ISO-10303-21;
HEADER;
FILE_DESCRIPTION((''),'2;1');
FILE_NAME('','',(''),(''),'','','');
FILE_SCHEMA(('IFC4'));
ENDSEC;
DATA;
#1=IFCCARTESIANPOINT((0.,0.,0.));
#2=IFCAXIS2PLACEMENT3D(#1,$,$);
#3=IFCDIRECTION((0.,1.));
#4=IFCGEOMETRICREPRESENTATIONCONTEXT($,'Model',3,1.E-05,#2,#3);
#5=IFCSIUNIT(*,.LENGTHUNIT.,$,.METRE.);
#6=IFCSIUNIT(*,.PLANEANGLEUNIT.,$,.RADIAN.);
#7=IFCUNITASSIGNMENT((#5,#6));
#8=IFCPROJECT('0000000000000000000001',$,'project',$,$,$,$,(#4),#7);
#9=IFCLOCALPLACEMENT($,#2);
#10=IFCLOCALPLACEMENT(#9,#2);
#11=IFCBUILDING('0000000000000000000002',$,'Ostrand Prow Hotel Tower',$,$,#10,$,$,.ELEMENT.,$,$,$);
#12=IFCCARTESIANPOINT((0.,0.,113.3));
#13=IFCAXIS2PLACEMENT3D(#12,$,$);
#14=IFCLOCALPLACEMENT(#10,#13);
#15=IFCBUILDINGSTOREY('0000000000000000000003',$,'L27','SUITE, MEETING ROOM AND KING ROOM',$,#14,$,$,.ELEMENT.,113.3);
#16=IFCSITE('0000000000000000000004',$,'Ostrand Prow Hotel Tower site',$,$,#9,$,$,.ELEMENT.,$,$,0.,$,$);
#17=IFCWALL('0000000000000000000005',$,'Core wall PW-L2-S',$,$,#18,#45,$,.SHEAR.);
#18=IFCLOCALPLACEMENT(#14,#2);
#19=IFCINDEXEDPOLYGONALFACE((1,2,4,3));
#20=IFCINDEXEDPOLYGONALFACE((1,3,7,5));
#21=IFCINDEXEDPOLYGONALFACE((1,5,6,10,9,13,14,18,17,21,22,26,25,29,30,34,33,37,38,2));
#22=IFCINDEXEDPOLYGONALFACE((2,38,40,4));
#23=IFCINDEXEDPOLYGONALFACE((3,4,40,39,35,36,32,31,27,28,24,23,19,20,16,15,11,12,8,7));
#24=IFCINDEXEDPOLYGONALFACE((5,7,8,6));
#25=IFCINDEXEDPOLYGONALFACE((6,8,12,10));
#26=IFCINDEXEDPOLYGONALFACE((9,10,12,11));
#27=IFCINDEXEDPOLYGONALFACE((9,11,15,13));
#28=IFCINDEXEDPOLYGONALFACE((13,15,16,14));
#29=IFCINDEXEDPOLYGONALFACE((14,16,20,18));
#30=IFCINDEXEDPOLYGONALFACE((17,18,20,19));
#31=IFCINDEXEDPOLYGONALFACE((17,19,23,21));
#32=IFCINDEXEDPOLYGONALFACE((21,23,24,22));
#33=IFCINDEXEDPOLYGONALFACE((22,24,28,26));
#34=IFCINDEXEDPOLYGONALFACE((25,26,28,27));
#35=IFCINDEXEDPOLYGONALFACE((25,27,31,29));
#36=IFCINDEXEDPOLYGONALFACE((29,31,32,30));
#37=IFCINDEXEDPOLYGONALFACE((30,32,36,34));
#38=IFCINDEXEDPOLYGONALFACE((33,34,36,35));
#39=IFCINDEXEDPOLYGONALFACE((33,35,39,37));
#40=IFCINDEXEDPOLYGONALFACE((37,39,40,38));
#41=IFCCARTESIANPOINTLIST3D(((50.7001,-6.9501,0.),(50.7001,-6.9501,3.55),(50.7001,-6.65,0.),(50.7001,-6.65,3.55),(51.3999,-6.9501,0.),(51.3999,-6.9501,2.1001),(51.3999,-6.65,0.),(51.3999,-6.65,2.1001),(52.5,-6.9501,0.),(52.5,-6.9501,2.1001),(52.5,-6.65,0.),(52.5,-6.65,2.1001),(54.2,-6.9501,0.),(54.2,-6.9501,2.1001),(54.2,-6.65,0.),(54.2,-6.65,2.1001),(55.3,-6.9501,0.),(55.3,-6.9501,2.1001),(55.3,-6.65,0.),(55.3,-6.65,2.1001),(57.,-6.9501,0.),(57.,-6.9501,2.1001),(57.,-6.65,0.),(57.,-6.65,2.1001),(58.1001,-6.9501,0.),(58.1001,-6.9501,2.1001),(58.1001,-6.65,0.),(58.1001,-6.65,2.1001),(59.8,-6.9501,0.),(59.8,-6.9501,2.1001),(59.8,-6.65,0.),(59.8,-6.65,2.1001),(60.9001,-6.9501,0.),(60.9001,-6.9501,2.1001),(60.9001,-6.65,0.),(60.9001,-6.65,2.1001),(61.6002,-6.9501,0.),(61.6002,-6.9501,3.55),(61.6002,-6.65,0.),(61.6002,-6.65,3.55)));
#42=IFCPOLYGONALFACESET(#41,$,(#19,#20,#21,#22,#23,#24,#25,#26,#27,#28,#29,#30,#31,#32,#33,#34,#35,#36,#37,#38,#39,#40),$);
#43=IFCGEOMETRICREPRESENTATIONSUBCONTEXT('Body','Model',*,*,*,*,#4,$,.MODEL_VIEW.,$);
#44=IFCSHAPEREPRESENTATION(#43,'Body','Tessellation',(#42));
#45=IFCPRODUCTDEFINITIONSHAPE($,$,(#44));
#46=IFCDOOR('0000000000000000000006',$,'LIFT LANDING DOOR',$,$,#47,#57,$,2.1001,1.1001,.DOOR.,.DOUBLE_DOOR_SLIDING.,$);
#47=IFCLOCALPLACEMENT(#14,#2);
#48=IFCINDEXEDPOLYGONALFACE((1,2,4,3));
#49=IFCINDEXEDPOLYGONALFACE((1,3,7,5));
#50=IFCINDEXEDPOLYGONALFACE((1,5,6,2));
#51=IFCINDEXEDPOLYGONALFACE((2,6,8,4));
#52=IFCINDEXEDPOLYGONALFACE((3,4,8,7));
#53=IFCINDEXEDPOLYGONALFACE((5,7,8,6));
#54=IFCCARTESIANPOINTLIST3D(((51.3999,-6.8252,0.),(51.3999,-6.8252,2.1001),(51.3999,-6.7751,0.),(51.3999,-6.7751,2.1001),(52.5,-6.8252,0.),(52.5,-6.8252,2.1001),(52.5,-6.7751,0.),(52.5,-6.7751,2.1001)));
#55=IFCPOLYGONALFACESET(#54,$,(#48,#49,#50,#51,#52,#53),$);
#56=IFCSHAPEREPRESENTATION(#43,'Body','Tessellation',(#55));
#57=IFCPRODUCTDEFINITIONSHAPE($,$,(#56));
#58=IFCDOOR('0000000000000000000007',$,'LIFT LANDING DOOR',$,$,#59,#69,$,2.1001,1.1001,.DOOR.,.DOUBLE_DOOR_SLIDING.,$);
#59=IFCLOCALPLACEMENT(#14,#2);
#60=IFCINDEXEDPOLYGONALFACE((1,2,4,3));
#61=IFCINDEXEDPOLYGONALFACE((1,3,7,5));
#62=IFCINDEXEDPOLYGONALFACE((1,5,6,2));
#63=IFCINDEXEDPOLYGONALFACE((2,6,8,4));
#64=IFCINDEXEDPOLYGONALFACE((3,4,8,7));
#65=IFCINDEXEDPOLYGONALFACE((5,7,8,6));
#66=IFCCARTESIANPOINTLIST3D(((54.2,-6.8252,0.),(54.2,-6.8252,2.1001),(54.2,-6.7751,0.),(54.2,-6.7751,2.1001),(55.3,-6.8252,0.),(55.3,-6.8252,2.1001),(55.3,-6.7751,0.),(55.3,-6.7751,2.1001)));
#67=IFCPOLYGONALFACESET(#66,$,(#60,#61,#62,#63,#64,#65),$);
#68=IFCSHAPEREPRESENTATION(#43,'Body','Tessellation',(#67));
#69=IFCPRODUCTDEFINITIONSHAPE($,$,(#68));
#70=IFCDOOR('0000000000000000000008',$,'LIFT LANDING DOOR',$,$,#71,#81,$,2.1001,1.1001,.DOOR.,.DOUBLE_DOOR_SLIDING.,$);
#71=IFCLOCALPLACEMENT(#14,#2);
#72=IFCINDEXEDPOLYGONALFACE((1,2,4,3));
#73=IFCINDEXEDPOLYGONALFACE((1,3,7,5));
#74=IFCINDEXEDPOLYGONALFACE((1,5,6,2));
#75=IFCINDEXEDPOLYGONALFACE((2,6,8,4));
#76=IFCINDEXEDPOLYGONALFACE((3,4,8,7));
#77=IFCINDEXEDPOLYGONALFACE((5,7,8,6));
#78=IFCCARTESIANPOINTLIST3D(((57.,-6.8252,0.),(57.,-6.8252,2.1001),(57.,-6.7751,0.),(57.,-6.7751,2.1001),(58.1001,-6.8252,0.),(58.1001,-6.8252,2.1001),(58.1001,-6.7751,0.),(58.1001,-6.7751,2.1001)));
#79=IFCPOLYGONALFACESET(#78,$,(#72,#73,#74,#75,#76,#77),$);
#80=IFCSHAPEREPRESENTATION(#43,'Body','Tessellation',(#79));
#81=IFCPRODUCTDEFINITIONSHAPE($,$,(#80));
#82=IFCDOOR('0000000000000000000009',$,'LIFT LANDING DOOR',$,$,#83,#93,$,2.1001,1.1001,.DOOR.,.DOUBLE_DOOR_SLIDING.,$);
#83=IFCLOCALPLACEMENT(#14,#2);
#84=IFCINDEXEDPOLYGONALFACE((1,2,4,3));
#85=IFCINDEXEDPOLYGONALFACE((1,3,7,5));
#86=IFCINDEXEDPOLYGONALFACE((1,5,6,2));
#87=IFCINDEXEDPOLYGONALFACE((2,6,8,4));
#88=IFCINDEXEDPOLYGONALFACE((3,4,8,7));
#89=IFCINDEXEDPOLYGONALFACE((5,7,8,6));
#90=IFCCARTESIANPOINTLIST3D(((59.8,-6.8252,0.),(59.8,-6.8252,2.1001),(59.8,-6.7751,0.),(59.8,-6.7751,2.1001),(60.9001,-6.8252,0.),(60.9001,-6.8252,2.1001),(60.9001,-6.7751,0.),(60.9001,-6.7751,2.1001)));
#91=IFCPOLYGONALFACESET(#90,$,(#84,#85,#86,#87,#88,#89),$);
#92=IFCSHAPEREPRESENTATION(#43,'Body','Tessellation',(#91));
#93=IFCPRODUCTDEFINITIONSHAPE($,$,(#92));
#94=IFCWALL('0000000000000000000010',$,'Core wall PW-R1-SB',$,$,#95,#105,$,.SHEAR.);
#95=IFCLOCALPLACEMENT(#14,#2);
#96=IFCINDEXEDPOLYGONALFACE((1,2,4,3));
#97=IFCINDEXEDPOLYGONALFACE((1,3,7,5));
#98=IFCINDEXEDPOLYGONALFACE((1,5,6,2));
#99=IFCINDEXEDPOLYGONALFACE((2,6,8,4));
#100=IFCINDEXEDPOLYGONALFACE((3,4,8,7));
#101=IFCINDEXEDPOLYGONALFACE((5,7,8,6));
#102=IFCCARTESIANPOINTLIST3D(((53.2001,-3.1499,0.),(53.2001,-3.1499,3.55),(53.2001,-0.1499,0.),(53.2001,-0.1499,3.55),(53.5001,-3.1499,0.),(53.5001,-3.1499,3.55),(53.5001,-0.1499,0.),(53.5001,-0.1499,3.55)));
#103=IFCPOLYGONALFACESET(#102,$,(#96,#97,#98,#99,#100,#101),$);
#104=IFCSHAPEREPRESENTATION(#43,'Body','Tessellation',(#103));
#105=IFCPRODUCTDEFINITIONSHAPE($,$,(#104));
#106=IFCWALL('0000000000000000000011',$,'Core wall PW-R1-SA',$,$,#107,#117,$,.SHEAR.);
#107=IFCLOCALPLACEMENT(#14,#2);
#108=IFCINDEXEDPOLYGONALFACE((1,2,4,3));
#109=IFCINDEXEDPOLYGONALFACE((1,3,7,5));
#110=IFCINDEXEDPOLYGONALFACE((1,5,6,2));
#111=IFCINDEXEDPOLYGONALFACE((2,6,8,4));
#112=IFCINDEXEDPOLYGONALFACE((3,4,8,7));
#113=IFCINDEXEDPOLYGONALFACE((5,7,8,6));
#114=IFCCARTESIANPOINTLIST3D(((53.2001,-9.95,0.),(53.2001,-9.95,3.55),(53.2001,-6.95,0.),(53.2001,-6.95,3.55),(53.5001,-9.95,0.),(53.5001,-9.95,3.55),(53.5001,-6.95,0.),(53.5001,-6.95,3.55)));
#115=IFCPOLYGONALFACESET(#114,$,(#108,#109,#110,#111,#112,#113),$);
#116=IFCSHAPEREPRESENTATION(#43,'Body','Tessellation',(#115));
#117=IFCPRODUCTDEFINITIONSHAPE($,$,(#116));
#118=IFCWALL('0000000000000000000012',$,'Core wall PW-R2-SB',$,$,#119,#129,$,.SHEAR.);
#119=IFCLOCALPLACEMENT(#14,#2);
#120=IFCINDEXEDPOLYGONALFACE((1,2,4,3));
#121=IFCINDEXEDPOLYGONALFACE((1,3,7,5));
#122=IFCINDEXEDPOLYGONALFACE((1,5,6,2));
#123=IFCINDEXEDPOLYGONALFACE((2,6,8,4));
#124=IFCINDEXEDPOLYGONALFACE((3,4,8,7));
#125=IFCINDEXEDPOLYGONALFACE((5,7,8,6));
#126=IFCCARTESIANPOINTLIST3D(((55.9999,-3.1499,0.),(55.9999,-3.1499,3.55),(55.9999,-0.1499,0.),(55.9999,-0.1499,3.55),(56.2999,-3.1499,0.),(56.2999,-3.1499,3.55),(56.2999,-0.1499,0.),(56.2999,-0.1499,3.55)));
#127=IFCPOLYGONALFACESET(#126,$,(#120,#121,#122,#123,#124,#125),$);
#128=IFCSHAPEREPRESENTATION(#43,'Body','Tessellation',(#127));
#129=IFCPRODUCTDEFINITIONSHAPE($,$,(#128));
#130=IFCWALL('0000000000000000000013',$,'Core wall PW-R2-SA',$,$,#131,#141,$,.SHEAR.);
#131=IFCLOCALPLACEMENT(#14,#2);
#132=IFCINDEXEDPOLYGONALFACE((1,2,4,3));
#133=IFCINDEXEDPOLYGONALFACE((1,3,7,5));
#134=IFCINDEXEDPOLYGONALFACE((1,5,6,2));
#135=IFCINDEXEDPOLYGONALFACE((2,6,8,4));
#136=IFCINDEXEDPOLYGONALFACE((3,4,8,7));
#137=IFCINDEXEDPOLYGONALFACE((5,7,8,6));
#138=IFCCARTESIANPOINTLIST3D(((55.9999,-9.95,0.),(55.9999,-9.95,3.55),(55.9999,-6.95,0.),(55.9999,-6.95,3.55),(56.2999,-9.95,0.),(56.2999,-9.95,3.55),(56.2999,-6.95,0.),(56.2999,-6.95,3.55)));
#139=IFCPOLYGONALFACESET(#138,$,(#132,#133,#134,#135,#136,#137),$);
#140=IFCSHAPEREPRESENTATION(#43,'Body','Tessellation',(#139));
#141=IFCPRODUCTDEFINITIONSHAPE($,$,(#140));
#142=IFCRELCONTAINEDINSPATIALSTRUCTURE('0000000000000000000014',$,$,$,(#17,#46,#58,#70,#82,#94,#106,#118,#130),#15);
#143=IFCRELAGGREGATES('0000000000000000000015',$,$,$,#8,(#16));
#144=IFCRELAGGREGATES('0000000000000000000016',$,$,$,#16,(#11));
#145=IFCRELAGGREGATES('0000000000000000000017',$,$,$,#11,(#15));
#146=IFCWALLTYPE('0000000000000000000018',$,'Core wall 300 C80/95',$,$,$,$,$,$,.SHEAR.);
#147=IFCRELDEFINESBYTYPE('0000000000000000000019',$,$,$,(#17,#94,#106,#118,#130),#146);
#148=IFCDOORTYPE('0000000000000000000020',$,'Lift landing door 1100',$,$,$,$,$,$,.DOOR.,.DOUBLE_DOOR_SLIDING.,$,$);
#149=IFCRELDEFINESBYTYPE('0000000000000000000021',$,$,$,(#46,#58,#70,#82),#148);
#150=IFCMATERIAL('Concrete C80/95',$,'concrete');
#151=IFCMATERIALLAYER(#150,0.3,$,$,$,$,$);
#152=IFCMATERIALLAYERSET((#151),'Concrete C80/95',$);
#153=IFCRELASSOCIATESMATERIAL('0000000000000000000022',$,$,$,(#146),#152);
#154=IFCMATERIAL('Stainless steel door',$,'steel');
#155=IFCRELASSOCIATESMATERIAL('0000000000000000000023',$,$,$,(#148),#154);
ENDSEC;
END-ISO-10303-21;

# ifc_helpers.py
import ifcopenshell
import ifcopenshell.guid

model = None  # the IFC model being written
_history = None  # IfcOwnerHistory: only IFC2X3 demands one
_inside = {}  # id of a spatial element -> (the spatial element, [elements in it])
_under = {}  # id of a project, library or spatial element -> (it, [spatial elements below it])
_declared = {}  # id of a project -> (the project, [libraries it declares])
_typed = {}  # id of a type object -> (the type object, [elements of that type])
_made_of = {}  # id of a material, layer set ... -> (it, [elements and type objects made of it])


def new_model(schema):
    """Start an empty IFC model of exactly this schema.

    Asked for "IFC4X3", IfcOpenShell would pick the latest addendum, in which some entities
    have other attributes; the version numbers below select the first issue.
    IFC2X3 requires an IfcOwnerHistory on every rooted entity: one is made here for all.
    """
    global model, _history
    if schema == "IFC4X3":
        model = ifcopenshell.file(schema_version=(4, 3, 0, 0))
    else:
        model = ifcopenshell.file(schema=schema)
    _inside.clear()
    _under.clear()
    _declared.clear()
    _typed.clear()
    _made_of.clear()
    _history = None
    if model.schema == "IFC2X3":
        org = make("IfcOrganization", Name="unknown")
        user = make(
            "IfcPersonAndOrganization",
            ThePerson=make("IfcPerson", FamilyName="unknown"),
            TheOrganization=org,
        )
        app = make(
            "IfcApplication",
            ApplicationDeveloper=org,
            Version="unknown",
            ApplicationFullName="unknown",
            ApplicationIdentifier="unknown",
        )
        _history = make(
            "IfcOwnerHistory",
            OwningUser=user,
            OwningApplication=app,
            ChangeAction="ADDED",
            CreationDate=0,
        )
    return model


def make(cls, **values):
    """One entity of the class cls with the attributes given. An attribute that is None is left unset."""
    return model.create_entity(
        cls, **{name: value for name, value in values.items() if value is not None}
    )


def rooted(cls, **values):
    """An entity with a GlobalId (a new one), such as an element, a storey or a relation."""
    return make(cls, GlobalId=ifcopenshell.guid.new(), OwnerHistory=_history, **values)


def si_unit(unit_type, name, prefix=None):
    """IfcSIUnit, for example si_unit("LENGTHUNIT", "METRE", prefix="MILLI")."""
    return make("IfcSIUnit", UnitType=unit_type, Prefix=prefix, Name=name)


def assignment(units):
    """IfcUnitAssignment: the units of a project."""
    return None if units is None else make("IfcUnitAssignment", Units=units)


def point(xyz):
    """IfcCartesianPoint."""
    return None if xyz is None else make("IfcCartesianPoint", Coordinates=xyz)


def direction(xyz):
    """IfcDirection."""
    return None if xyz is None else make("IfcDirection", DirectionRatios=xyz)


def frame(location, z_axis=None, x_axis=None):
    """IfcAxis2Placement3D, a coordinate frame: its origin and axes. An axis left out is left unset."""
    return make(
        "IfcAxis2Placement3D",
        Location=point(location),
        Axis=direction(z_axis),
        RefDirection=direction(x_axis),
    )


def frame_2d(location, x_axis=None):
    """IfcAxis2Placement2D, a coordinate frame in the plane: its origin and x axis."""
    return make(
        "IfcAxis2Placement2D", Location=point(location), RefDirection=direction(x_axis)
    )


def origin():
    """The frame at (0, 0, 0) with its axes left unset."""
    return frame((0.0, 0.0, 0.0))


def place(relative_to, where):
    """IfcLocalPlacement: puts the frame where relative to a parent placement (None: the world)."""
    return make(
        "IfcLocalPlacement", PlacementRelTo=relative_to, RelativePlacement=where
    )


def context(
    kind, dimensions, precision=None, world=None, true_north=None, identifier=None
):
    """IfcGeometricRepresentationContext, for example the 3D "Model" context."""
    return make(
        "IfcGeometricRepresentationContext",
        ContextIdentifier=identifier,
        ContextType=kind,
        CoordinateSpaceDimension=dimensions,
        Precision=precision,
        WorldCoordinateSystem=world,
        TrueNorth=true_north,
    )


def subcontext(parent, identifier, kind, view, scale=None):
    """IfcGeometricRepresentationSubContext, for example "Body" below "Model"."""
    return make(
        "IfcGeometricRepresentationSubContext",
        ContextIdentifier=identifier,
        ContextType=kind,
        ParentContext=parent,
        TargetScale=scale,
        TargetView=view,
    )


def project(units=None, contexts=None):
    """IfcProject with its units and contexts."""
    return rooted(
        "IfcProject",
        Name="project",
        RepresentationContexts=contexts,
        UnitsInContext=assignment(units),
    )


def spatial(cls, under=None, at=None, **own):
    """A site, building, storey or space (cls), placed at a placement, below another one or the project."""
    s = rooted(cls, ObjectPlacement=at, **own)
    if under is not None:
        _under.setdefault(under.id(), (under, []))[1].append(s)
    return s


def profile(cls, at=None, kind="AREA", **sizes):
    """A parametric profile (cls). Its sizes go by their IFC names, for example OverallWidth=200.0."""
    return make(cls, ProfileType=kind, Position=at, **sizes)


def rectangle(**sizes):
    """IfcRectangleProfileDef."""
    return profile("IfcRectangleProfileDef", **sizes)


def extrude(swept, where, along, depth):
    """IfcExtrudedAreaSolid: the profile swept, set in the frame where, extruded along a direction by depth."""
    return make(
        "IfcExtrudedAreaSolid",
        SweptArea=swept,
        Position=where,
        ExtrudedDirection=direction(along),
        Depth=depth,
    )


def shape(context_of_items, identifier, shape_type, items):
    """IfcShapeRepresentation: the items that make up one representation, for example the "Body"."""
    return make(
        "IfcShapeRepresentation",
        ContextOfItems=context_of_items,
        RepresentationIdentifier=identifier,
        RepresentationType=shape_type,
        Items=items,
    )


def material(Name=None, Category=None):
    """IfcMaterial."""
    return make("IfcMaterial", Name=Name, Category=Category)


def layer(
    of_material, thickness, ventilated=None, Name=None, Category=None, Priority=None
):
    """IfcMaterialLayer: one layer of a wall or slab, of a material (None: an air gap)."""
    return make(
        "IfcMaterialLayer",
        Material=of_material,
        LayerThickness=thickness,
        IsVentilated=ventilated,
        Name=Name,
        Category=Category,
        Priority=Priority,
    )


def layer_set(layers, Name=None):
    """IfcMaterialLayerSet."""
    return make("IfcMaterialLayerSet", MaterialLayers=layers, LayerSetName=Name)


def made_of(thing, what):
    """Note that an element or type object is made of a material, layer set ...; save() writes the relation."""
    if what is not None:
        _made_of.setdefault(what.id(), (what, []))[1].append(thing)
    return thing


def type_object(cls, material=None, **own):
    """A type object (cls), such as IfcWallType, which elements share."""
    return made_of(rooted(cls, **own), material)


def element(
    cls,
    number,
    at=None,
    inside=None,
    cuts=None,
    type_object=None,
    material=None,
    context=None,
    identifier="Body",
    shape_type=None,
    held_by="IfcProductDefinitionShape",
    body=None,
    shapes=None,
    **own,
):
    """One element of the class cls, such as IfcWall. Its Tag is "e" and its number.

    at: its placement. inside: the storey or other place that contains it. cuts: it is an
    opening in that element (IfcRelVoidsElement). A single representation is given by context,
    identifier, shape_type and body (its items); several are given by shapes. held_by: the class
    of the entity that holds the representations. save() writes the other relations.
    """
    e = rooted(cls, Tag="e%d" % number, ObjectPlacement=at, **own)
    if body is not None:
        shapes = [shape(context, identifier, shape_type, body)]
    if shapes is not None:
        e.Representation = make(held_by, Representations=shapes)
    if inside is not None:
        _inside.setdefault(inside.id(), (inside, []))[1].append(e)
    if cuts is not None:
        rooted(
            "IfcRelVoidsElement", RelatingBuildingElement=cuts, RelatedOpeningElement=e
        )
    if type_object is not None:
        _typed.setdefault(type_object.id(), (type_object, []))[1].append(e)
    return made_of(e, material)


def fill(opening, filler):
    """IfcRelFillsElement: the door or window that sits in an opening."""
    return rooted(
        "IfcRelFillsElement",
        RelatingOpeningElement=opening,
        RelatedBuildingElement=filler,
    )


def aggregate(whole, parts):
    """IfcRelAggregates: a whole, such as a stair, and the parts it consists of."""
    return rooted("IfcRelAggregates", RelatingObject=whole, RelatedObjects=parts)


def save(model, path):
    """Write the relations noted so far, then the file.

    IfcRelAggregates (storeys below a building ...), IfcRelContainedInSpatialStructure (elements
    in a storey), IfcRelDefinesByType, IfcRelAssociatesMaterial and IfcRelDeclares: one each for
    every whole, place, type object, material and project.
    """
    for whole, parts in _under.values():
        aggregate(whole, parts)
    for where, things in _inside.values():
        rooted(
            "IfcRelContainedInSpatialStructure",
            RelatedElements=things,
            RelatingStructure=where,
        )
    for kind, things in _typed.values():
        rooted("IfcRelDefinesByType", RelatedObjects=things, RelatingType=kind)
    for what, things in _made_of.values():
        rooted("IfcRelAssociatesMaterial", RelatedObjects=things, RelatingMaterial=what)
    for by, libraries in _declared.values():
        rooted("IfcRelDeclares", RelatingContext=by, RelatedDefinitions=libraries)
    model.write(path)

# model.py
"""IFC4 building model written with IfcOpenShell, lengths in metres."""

from ifc_helpers import new_model, si_unit, direction, frame, frame_2d, origin, place, context, subcontext, project, spatial, rectangle, extrude, material, layer, layer_set, type_object, element, fill, save


model = new_model("IFC4")

# Units and contexts
model_context = context("Model", 3, precision=1e-05, world=origin(), true_north=direction((0.0, 1.0)))
body_context = subcontext(model_context, "Body", "Model", "MODEL_VIEW")
ifc_project = project(units=[si_unit("LENGTHUNIT", "METRE"), si_unit("PLANEANGLEUNIT", "RADIAN")], contexts=[model_context])

# Site, building, storey
site_placement = place(None, origin())
site = spatial("IfcSite", under=ifc_project, at=site_placement, Name="Ostrand Prow Hotel Tower site", CompositionType="ELEMENT", RefElevation=0.0)
building_placement = place(site_placement, origin())
building = spatial("IfcBuilding", under=site, at=building_placement, Name="Ostrand Prow Hotel Tower", CompositionType="ELEMENT")
storey_placement = place(building_placement, frame((0.0, 0.0, 113.3)))
storey = spatial("IfcBuildingStorey", under=building, at=storey_placement, Name="L27", Description="SUITE, MEETING ROOM AND KING ROOM", CompositionType="ELEMENT", Elevation=113.3)

# Shared definitions
ifc_material_1 = material(Name="Concrete C80/95", Category="concrete")
ifc_layer_1 = layer(ifc_material_1, 0.3)
ifc_layer_set_1 = layer_set([ifc_layer_1], Name="Concrete C80/95")
wall_type_1 = type_object("IfcWallType", Name="Core wall 300 C80/95", PredefinedType="SHEAR", material=ifc_layer_set_1)

# Wall, openings, doors
wall_1_placement = place(storey_placement, frame((50.7, -6.8, 0.0), z_axis=(0.0, 0.0, 1.0), x_axis=(1.0, 0.0, 0.0)))
wall_1 = element("IfcWall", 1, at=wall_1_placement, inside=storey, type_object=wall_type_1, Name="Core wall PW-L2-S", PredefinedType="SHEAR", context=body_context, shape_type="SweptSolid", body=[
    extrude(rectangle(XDim=10.9001, YDim=0.3, at=frame_2d((5.4502, 0.0))), origin(), (0.0, 0.0, 1.0), 3.55),
])
opening_1_placement = place(wall_1_placement, frame((0.7, 0.0, 0.0)))
opening_1 = element("IfcOpeningElement", 2, at=opening_1_placement, cuts=wall_1, PredefinedType="OPENING", context=body_context, shape_type="SweptSolid", body=[
    extrude(rectangle(XDim=1.1001, YDim=2.1001, at=frame_2d((0.55, 1.05))), frame((0.0, 0.1599, 0.0), z_axis=(0.0, -1.0, 0.0), x_axis=(1.0, 0.0, 0.0)), (0.0, 0.0, 1.0), 0.3201),
])
opening_2_placement = place(wall_1_placement, frame((3.5, 0.0, 0.0)))
opening_2 = element("IfcOpeningElement", 3, at=opening_2_placement, cuts=wall_1, PredefinedType="OPENING", context=body_context, shape_type="SweptSolid", body=[
    extrude(rectangle(XDim=1.1001, YDim=2.1001, at=frame_2d((0.55, 1.05))), frame((0.0, 0.1599, 0.0), z_axis=(0.0, -1.0, 0.0), x_axis=(1.0, 0.0, 0.0)), (0.0, 0.0, 1.0), 0.3201),
])
opening_3_placement = place(wall_1_placement, frame((6.3, 0.0, 0.0)))
opening_3 = element("IfcOpeningElement", 4, at=opening_3_placement, cuts=wall_1, PredefinedType="OPENING", context=body_context, shape_type="SweptSolid", body=[
    extrude(rectangle(XDim=1.1001, YDim=2.1001, at=frame_2d((0.55, 1.05))), frame((0.0, 0.1599, 0.0), z_axis=(0.0, -1.0, 0.0), x_axis=(1.0, 0.0, 0.0)), (0.0, 0.0, 1.0), 0.3201),
])
opening_4_placement = place(wall_1_placement, frame((9.1001, 0.0, 0.0)))
opening_4 = element("IfcOpeningElement", 5, at=opening_4_placement, cuts=wall_1, PredefinedType="OPENING", context=body_context, shape_type="SweptSolid", body=[
    extrude(rectangle(XDim=1.1001, YDim=2.1001, at=frame_2d((0.55, 1.05))), frame((0.0, 0.1599, 0.0), z_axis=(0.0, -1.0, 0.0), x_axis=(1.0, 0.0, 0.0)), (0.0, 0.0, 1.0), 0.3201),
])
ifc_material_2 = material(Name="Stainless steel door", Category="steel")
door_type_1 = type_object("IfcDoorType", Name="Lift landing door 1100", OperationType="DOUBLE_DOOR_SLIDING", PredefinedType="DOOR", material=ifc_material_2)
door_1_placement = place(opening_1_placement, origin())
door_1 = element("IfcDoor", 6, at=door_1_placement, inside=storey, type_object=door_type_1, Name="LIFT LANDING DOOR", OperationType="DOUBLE_DOOR_SLIDING", OverallHeight=2.1001, OverallWidth=1.1001, PredefinedType="DOOR", context=body_context, shape_type="SweptSolid", body=[
    extrude(rectangle(XDim=1.1001, YDim=2.1001, at=frame_2d((0.55, 1.05))), frame((0.0, 0.0249, 0.0), z_axis=(0.0, -1.0, 0.0), x_axis=(1.0, 0.0, 0.0)), (0.0, 0.0, 1.0), 0.05),
])
fill(opening_1, door_1)
door_2_placement = place(opening_2_placement, origin())
door_2 = element("IfcDoor", 7, at=door_2_placement, inside=storey, type_object=door_type_1, Name="LIFT LANDING DOOR", OperationType="DOUBLE_DOOR_SLIDING", OverallHeight=2.1001, OverallWidth=1.1001, PredefinedType="DOOR", context=body_context, shape_type="SweptSolid", body=[
    extrude(rectangle(XDim=1.1001, YDim=2.1001, at=frame_2d((0.55, 1.05))), frame((0.0, 0.0249, 0.0), z_axis=(0.0, -1.0, 0.0), x_axis=(1.0, 0.0, 0.0)), (0.0, 0.0, 1.0), 0.05),
])
fill(opening_2, door_2)
door_3_placement = place(opening_3_placement, origin())
door_3 = element("IfcDoor", 8, at=door_3_placement, inside=storey, type_object=door_type_1, Name="LIFT LANDING DOOR", OperationType="DOUBLE_DOOR_SLIDING", OverallHeight=2.1001, OverallWidth=1.1001, PredefinedType="DOOR", context=body_context, shape_type="SweptSolid", body=[
    extrude(rectangle(XDim=1.1001, YDim=2.1001, at=frame_2d((0.55, 1.05))), frame((0.0, 0.0249, 0.0), z_axis=(0.0, -1.0, 0.0), x_axis=(1.0, 0.0, 0.0)), (0.0, 0.0, 1.0), 0.05),
])
fill(opening_3, door_3)
door_4_placement = place(opening_4_placement, origin())
door_4 = element("IfcDoor", 9, at=door_4_placement, inside=storey, type_object=door_type_1, Name="LIFT LANDING DOOR", OperationType="DOUBLE_DOOR_SLIDING", OverallHeight=2.1001, OverallWidth=1.1001, PredefinedType="DOOR", context=body_context, shape_type="SweptSolid", body=[
    extrude(rectangle(XDim=1.1001, YDim=2.1001, at=frame_2d((0.55, 1.05))), frame((0.0, 0.0249, 0.0), z_axis=(0.0, -1.0, 0.0), x_axis=(1.0, 0.0, 0.0)), (0.0, 0.0, 1.0), 0.05),
])
fill(opening_4, door_4)

# Walls
for number, where, z_axis, x_axis, name in (
    (10, (53.3501, -3.1499, 0.0), (0.0, 0.0, 1.0), (0.0, 1.0, 0.0), "Core wall PW-R1-SB"),
    (11, (53.3501, -9.95, 0.0), (0.0, 0.0, 1.0), (0.0, 1.0, 0.0), "Core wall PW-R1-SA"),
    (12, (56.1499, -3.1499, 0.0), (0.0, 0.0, 1.0), (0.0, 1.0, 0.0), "Core wall PW-R2-SB"),
    (13, (56.1499, -9.95, 0.0), (0.0, 0.0, 1.0), (0.0, 1.0, 0.0), "Core wall PW-R2-SA"),
):
    element("IfcWall", number, at=place(storey_placement, frame(where, z_axis=z_axis, x_axis=x_axis)), inside=storey, type_object=wall_type_1, Name=name, PredefinedType="SHEAR", context=body_context, shape_type="SweptSolid", body=[
        extrude(rectangle(XDim=3.0, YDim=0.3, at=frame_2d((1.5, 0.0))), origin(), (0.0, 0.0, 1.0), 3.55),
    ])

save(model, "model.ifc")
